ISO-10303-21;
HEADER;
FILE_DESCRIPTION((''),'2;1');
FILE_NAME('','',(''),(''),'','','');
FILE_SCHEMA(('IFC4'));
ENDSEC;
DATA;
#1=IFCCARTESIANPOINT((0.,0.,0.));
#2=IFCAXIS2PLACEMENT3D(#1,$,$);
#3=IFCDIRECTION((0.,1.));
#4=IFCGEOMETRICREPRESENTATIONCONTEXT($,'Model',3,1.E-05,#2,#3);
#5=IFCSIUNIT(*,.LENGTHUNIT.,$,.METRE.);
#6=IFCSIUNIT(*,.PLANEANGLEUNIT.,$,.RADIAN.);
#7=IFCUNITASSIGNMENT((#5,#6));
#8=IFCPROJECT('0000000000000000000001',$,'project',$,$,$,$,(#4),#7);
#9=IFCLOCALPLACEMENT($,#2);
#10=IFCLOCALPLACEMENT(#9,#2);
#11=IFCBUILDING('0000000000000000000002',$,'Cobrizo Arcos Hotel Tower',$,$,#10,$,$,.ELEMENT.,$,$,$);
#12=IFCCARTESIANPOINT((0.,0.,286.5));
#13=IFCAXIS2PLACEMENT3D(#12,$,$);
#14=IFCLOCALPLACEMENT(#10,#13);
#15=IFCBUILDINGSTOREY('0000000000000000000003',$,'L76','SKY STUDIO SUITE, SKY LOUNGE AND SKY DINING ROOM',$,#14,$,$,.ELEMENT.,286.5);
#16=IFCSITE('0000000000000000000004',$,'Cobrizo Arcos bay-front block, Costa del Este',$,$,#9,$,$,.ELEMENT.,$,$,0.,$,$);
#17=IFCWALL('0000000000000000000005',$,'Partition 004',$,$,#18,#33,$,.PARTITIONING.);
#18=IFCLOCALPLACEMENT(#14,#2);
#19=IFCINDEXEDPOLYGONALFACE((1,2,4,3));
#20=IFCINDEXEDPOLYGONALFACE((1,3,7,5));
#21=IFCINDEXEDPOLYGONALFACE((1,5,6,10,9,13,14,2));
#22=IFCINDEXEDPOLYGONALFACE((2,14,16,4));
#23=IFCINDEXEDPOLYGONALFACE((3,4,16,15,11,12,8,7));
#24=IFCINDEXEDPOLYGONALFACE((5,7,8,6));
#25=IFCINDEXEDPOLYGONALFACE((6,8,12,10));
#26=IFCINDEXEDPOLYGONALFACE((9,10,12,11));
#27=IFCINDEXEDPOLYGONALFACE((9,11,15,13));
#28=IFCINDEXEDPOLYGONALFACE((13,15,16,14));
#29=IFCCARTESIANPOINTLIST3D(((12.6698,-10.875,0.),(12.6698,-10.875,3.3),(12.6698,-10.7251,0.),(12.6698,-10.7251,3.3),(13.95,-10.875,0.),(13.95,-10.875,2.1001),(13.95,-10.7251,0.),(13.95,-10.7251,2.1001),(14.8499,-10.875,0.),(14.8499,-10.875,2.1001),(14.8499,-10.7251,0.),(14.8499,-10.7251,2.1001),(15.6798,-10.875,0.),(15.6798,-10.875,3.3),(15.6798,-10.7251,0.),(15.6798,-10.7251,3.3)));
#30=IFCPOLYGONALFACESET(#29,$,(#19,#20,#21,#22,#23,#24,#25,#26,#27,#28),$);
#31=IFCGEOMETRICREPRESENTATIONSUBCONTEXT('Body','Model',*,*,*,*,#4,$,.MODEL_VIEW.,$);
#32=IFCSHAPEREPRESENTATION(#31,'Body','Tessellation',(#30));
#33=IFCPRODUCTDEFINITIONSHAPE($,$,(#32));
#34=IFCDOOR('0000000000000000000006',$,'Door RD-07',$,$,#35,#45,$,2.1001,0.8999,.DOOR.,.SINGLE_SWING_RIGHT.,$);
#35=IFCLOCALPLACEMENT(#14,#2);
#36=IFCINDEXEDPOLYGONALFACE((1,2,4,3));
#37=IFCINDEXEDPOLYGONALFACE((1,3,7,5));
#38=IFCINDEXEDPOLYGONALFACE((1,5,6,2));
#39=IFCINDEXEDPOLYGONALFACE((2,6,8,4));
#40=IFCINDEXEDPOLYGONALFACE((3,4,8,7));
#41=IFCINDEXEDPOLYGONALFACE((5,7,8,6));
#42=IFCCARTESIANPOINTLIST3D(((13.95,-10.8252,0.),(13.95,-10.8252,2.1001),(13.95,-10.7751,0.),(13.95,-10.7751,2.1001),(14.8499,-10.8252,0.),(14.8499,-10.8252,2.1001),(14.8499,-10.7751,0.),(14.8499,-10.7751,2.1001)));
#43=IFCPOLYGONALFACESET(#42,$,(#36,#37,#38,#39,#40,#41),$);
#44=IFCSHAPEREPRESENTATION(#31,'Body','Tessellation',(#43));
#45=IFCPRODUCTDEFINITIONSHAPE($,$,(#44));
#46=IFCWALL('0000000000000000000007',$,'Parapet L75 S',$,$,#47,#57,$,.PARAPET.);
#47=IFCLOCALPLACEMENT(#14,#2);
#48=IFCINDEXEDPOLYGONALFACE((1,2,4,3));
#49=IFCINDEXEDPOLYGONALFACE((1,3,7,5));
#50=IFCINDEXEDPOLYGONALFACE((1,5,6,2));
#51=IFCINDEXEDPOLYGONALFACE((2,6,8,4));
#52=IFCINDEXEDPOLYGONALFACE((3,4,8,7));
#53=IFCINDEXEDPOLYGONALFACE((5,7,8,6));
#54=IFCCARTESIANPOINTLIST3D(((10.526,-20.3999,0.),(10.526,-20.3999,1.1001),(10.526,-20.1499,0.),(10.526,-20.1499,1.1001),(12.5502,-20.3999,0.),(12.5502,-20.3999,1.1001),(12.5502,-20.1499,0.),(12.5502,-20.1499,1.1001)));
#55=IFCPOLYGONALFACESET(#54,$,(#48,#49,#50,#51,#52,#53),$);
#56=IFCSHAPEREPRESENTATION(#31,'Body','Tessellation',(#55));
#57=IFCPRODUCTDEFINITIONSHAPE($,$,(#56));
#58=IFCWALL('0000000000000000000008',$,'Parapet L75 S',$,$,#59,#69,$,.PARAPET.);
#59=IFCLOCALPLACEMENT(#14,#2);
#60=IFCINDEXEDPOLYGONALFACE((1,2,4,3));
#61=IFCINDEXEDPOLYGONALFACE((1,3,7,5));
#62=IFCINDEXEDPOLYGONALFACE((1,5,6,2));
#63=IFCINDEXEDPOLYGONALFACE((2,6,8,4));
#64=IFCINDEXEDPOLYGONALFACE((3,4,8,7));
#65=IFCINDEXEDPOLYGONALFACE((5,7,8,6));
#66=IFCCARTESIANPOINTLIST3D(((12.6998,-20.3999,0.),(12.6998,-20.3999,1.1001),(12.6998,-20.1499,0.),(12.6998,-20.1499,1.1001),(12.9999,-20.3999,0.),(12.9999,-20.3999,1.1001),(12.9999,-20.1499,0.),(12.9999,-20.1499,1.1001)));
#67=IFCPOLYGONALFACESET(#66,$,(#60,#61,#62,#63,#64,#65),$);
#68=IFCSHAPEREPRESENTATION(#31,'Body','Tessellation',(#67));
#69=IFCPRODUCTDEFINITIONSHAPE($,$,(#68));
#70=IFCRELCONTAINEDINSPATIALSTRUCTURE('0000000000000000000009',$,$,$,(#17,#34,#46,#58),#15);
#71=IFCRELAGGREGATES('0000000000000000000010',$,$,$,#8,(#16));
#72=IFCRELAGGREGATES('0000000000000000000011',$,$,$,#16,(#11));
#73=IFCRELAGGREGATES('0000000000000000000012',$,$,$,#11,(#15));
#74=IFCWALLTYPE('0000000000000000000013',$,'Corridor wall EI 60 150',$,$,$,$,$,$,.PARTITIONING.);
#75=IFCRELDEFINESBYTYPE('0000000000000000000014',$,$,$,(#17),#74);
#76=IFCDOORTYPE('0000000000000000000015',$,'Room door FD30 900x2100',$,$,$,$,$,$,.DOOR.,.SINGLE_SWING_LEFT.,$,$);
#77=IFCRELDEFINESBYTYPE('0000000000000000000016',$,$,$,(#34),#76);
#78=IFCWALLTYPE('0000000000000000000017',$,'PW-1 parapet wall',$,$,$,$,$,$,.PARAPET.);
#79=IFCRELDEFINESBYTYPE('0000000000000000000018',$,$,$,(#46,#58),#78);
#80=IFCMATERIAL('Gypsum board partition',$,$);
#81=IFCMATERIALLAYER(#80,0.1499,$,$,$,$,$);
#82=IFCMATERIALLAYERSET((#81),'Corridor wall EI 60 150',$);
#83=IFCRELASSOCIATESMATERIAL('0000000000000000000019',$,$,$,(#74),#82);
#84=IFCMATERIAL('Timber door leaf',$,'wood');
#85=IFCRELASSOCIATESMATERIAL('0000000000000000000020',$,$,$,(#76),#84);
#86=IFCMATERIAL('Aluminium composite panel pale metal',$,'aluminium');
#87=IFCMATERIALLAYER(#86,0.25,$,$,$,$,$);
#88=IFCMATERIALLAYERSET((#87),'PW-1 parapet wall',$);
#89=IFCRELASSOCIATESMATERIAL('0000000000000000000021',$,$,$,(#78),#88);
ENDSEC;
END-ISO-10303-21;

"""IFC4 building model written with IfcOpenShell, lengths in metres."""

from ifc_helpers import new_model, si_unit, direction, frame, frame_2d, origin, place, context, subcontext, project, spatial, rectangle, extrude, material, layer, layer_set, type_object, element, fill, save


model = new_model("IFC4")

# Units and contexts
model_context = context("Model", 3, precision=1e-05, world=origin(), true_north=direction((0.0, 1.0)))
body_context = subcontext(model_context, "Body", "Model", "MODEL_VIEW")
ifc_project = project(units=[si_unit("LENGTHUNIT", "METRE"), si_unit("PLANEANGLEUNIT", "RADIAN")], contexts=[model_context])

# Site, building, storey
site_placement = place(None, origin())
site = spatial("IfcSite", under=ifc_project, at=site_placement, Name="Cobrizo Arcos bay-front block, Costa del Este", CompositionType="ELEMENT", RefElevation=0.0)
building_placement = place(site_placement, origin())
building = spatial("IfcBuilding", under=site, at=building_placement, Name="Cobrizo Arcos Hotel Tower", CompositionType="ELEMENT")
storey_placement = place(building_placement, frame((0.0, 0.0, 286.5)))
storey = spatial("IfcBuildingStorey", under=building, at=storey_placement, Name="L76", Description="SKY STUDIO SUITE, SKY LOUNGE AND SKY DINING ROOM", CompositionType="ELEMENT", Elevation=286.5)

# Shared definitions
ifc_material_1 = material(Name="Aluminium composite panel pale metal", Category="aluminium")

# Wall, opening, door
ifc_material_2 = material(Name="Gypsum board partition")
ifc_layer_1 = layer(ifc_material_2, 0.1499)
ifc_layer_set_1 = layer_set([ifc_layer_1], Name="Corridor wall EI 60 150")
wall_type_1 = type_object("IfcWallType", Name="Corridor wall EI 60 150", PredefinedType="PARTITIONING", material=ifc_layer_set_1)
wall_1_placement = place(storey_placement, frame((12.6699, -10.8, 0.0), z_axis=(0.0, 0.0, 1.0), x_axis=(1.0, 0.0, 0.0)))
wall_1 = element("IfcWall", 1, at=wall_1_placement, inside=storey, type_object=wall_type_1, Name="Partition 004", PredefinedType="PARTITIONING", context=body_context, shape_type="SweptSolid", body=[
    extrude(rectangle(XDim=3.01, YDim=0.1499, at=frame_2d((1.5049, 0.0))), origin(), (0.0, 0.0, 1.0), 3.3),
])
opening_placement = place(wall_1_placement, frame((1.28, 0.0, 0.0)))
opening = element("IfcOpeningElement", 2, at=opening_placement, cuts=wall_1, PredefinedType="OPENING", context=body_context, shape_type="SweptSolid", body=[
    extrude(rectangle(XDim=0.8999, YDim=2.1001, at=frame_2d((0.45, 1.05))), frame((0.0, 0.0869, 0.0), z_axis=(0.0, -1.0, 0.0), x_axis=(1.0, 0.0, 0.0)), (0.0, 0.0, 1.0), 0.1738),
])
ifc_material_3 = material(Name="Timber door leaf", Category="wood")
door_type = type_object("IfcDoorType", Name="Room door FD30 900x2100", OperationType="SINGLE_SWING_LEFT", PredefinedType="DOOR", material=ifc_material_3)
door_placement = place(opening_placement, origin())
door = element("IfcDoor", 3, at=door_placement, inside=storey, type_object=door_type, Name="Door RD-07", OperationType="SINGLE_SWING_RIGHT", OverallHeight=2.1001, OverallWidth=0.8999, PredefinedType="DOOR", context=body_context, shape_type="SweptSolid", body=[
    extrude(rectangle(XDim=0.8999, YDim=2.1001, at=frame_2d((0.45, 1.05))), frame((0.0, 0.0249, 0.0), z_axis=(0.0, -1.0, 0.0), x_axis=(1.0, 0.0, 0.0)), (0.0, 0.0, 1.0), 0.05),
])
fill(opening, door)

# Walls
ifc_layer_2 = layer(ifc_material_1, 0.25)
ifc_layer_set_2 = layer_set([ifc_layer_2], Name="PW-1 parapet wall")
wall_type_2 = type_object("IfcWallType", Name="PW-1 parapet wall", PredefinedType="PARAPET", material=ifc_layer_set_2)
wall_2_placement = place(storey_placement, frame((10.5259, -20.2749, 0.0), z_axis=(0.0, 0.0, 1.0), x_axis=(1.0, 0.0, 0.0)))
element("IfcWall", 4, at=wall_2_placement, inside=storey, type_object=wall_type_2, Name="Parapet L75 S", PredefinedType="PARAPET", context=body_context, shape_type="SweptSolid", body=[
    extrude(rectangle(XDim=2.0242, YDim=0.25, at=frame_2d((1.0122, 0.0))), origin(), (0.0, 0.0, 1.0), 1.1001),
])
wall_3_placement = place(storey_placement, frame((12.7, -20.2749, 0.0), z_axis=(0.0, 0.0, 1.0), x_axis=(1.0, 0.0, 0.0)))
element("IfcWall", 5, at=wall_3_placement, inside=storey, type_object=wall_type_2, Name="Parapet L75 S", PredefinedType="PARAPET", context=body_context, shape_type="SweptSolid", body=[
    extrude(rectangle(XDim=0.3, YDim=0.25, at=frame_2d((0.1499, 0.0))), origin(), (0.0, 0.0, 1.0), 1.1001),
])

save(model, "model.ifc")
